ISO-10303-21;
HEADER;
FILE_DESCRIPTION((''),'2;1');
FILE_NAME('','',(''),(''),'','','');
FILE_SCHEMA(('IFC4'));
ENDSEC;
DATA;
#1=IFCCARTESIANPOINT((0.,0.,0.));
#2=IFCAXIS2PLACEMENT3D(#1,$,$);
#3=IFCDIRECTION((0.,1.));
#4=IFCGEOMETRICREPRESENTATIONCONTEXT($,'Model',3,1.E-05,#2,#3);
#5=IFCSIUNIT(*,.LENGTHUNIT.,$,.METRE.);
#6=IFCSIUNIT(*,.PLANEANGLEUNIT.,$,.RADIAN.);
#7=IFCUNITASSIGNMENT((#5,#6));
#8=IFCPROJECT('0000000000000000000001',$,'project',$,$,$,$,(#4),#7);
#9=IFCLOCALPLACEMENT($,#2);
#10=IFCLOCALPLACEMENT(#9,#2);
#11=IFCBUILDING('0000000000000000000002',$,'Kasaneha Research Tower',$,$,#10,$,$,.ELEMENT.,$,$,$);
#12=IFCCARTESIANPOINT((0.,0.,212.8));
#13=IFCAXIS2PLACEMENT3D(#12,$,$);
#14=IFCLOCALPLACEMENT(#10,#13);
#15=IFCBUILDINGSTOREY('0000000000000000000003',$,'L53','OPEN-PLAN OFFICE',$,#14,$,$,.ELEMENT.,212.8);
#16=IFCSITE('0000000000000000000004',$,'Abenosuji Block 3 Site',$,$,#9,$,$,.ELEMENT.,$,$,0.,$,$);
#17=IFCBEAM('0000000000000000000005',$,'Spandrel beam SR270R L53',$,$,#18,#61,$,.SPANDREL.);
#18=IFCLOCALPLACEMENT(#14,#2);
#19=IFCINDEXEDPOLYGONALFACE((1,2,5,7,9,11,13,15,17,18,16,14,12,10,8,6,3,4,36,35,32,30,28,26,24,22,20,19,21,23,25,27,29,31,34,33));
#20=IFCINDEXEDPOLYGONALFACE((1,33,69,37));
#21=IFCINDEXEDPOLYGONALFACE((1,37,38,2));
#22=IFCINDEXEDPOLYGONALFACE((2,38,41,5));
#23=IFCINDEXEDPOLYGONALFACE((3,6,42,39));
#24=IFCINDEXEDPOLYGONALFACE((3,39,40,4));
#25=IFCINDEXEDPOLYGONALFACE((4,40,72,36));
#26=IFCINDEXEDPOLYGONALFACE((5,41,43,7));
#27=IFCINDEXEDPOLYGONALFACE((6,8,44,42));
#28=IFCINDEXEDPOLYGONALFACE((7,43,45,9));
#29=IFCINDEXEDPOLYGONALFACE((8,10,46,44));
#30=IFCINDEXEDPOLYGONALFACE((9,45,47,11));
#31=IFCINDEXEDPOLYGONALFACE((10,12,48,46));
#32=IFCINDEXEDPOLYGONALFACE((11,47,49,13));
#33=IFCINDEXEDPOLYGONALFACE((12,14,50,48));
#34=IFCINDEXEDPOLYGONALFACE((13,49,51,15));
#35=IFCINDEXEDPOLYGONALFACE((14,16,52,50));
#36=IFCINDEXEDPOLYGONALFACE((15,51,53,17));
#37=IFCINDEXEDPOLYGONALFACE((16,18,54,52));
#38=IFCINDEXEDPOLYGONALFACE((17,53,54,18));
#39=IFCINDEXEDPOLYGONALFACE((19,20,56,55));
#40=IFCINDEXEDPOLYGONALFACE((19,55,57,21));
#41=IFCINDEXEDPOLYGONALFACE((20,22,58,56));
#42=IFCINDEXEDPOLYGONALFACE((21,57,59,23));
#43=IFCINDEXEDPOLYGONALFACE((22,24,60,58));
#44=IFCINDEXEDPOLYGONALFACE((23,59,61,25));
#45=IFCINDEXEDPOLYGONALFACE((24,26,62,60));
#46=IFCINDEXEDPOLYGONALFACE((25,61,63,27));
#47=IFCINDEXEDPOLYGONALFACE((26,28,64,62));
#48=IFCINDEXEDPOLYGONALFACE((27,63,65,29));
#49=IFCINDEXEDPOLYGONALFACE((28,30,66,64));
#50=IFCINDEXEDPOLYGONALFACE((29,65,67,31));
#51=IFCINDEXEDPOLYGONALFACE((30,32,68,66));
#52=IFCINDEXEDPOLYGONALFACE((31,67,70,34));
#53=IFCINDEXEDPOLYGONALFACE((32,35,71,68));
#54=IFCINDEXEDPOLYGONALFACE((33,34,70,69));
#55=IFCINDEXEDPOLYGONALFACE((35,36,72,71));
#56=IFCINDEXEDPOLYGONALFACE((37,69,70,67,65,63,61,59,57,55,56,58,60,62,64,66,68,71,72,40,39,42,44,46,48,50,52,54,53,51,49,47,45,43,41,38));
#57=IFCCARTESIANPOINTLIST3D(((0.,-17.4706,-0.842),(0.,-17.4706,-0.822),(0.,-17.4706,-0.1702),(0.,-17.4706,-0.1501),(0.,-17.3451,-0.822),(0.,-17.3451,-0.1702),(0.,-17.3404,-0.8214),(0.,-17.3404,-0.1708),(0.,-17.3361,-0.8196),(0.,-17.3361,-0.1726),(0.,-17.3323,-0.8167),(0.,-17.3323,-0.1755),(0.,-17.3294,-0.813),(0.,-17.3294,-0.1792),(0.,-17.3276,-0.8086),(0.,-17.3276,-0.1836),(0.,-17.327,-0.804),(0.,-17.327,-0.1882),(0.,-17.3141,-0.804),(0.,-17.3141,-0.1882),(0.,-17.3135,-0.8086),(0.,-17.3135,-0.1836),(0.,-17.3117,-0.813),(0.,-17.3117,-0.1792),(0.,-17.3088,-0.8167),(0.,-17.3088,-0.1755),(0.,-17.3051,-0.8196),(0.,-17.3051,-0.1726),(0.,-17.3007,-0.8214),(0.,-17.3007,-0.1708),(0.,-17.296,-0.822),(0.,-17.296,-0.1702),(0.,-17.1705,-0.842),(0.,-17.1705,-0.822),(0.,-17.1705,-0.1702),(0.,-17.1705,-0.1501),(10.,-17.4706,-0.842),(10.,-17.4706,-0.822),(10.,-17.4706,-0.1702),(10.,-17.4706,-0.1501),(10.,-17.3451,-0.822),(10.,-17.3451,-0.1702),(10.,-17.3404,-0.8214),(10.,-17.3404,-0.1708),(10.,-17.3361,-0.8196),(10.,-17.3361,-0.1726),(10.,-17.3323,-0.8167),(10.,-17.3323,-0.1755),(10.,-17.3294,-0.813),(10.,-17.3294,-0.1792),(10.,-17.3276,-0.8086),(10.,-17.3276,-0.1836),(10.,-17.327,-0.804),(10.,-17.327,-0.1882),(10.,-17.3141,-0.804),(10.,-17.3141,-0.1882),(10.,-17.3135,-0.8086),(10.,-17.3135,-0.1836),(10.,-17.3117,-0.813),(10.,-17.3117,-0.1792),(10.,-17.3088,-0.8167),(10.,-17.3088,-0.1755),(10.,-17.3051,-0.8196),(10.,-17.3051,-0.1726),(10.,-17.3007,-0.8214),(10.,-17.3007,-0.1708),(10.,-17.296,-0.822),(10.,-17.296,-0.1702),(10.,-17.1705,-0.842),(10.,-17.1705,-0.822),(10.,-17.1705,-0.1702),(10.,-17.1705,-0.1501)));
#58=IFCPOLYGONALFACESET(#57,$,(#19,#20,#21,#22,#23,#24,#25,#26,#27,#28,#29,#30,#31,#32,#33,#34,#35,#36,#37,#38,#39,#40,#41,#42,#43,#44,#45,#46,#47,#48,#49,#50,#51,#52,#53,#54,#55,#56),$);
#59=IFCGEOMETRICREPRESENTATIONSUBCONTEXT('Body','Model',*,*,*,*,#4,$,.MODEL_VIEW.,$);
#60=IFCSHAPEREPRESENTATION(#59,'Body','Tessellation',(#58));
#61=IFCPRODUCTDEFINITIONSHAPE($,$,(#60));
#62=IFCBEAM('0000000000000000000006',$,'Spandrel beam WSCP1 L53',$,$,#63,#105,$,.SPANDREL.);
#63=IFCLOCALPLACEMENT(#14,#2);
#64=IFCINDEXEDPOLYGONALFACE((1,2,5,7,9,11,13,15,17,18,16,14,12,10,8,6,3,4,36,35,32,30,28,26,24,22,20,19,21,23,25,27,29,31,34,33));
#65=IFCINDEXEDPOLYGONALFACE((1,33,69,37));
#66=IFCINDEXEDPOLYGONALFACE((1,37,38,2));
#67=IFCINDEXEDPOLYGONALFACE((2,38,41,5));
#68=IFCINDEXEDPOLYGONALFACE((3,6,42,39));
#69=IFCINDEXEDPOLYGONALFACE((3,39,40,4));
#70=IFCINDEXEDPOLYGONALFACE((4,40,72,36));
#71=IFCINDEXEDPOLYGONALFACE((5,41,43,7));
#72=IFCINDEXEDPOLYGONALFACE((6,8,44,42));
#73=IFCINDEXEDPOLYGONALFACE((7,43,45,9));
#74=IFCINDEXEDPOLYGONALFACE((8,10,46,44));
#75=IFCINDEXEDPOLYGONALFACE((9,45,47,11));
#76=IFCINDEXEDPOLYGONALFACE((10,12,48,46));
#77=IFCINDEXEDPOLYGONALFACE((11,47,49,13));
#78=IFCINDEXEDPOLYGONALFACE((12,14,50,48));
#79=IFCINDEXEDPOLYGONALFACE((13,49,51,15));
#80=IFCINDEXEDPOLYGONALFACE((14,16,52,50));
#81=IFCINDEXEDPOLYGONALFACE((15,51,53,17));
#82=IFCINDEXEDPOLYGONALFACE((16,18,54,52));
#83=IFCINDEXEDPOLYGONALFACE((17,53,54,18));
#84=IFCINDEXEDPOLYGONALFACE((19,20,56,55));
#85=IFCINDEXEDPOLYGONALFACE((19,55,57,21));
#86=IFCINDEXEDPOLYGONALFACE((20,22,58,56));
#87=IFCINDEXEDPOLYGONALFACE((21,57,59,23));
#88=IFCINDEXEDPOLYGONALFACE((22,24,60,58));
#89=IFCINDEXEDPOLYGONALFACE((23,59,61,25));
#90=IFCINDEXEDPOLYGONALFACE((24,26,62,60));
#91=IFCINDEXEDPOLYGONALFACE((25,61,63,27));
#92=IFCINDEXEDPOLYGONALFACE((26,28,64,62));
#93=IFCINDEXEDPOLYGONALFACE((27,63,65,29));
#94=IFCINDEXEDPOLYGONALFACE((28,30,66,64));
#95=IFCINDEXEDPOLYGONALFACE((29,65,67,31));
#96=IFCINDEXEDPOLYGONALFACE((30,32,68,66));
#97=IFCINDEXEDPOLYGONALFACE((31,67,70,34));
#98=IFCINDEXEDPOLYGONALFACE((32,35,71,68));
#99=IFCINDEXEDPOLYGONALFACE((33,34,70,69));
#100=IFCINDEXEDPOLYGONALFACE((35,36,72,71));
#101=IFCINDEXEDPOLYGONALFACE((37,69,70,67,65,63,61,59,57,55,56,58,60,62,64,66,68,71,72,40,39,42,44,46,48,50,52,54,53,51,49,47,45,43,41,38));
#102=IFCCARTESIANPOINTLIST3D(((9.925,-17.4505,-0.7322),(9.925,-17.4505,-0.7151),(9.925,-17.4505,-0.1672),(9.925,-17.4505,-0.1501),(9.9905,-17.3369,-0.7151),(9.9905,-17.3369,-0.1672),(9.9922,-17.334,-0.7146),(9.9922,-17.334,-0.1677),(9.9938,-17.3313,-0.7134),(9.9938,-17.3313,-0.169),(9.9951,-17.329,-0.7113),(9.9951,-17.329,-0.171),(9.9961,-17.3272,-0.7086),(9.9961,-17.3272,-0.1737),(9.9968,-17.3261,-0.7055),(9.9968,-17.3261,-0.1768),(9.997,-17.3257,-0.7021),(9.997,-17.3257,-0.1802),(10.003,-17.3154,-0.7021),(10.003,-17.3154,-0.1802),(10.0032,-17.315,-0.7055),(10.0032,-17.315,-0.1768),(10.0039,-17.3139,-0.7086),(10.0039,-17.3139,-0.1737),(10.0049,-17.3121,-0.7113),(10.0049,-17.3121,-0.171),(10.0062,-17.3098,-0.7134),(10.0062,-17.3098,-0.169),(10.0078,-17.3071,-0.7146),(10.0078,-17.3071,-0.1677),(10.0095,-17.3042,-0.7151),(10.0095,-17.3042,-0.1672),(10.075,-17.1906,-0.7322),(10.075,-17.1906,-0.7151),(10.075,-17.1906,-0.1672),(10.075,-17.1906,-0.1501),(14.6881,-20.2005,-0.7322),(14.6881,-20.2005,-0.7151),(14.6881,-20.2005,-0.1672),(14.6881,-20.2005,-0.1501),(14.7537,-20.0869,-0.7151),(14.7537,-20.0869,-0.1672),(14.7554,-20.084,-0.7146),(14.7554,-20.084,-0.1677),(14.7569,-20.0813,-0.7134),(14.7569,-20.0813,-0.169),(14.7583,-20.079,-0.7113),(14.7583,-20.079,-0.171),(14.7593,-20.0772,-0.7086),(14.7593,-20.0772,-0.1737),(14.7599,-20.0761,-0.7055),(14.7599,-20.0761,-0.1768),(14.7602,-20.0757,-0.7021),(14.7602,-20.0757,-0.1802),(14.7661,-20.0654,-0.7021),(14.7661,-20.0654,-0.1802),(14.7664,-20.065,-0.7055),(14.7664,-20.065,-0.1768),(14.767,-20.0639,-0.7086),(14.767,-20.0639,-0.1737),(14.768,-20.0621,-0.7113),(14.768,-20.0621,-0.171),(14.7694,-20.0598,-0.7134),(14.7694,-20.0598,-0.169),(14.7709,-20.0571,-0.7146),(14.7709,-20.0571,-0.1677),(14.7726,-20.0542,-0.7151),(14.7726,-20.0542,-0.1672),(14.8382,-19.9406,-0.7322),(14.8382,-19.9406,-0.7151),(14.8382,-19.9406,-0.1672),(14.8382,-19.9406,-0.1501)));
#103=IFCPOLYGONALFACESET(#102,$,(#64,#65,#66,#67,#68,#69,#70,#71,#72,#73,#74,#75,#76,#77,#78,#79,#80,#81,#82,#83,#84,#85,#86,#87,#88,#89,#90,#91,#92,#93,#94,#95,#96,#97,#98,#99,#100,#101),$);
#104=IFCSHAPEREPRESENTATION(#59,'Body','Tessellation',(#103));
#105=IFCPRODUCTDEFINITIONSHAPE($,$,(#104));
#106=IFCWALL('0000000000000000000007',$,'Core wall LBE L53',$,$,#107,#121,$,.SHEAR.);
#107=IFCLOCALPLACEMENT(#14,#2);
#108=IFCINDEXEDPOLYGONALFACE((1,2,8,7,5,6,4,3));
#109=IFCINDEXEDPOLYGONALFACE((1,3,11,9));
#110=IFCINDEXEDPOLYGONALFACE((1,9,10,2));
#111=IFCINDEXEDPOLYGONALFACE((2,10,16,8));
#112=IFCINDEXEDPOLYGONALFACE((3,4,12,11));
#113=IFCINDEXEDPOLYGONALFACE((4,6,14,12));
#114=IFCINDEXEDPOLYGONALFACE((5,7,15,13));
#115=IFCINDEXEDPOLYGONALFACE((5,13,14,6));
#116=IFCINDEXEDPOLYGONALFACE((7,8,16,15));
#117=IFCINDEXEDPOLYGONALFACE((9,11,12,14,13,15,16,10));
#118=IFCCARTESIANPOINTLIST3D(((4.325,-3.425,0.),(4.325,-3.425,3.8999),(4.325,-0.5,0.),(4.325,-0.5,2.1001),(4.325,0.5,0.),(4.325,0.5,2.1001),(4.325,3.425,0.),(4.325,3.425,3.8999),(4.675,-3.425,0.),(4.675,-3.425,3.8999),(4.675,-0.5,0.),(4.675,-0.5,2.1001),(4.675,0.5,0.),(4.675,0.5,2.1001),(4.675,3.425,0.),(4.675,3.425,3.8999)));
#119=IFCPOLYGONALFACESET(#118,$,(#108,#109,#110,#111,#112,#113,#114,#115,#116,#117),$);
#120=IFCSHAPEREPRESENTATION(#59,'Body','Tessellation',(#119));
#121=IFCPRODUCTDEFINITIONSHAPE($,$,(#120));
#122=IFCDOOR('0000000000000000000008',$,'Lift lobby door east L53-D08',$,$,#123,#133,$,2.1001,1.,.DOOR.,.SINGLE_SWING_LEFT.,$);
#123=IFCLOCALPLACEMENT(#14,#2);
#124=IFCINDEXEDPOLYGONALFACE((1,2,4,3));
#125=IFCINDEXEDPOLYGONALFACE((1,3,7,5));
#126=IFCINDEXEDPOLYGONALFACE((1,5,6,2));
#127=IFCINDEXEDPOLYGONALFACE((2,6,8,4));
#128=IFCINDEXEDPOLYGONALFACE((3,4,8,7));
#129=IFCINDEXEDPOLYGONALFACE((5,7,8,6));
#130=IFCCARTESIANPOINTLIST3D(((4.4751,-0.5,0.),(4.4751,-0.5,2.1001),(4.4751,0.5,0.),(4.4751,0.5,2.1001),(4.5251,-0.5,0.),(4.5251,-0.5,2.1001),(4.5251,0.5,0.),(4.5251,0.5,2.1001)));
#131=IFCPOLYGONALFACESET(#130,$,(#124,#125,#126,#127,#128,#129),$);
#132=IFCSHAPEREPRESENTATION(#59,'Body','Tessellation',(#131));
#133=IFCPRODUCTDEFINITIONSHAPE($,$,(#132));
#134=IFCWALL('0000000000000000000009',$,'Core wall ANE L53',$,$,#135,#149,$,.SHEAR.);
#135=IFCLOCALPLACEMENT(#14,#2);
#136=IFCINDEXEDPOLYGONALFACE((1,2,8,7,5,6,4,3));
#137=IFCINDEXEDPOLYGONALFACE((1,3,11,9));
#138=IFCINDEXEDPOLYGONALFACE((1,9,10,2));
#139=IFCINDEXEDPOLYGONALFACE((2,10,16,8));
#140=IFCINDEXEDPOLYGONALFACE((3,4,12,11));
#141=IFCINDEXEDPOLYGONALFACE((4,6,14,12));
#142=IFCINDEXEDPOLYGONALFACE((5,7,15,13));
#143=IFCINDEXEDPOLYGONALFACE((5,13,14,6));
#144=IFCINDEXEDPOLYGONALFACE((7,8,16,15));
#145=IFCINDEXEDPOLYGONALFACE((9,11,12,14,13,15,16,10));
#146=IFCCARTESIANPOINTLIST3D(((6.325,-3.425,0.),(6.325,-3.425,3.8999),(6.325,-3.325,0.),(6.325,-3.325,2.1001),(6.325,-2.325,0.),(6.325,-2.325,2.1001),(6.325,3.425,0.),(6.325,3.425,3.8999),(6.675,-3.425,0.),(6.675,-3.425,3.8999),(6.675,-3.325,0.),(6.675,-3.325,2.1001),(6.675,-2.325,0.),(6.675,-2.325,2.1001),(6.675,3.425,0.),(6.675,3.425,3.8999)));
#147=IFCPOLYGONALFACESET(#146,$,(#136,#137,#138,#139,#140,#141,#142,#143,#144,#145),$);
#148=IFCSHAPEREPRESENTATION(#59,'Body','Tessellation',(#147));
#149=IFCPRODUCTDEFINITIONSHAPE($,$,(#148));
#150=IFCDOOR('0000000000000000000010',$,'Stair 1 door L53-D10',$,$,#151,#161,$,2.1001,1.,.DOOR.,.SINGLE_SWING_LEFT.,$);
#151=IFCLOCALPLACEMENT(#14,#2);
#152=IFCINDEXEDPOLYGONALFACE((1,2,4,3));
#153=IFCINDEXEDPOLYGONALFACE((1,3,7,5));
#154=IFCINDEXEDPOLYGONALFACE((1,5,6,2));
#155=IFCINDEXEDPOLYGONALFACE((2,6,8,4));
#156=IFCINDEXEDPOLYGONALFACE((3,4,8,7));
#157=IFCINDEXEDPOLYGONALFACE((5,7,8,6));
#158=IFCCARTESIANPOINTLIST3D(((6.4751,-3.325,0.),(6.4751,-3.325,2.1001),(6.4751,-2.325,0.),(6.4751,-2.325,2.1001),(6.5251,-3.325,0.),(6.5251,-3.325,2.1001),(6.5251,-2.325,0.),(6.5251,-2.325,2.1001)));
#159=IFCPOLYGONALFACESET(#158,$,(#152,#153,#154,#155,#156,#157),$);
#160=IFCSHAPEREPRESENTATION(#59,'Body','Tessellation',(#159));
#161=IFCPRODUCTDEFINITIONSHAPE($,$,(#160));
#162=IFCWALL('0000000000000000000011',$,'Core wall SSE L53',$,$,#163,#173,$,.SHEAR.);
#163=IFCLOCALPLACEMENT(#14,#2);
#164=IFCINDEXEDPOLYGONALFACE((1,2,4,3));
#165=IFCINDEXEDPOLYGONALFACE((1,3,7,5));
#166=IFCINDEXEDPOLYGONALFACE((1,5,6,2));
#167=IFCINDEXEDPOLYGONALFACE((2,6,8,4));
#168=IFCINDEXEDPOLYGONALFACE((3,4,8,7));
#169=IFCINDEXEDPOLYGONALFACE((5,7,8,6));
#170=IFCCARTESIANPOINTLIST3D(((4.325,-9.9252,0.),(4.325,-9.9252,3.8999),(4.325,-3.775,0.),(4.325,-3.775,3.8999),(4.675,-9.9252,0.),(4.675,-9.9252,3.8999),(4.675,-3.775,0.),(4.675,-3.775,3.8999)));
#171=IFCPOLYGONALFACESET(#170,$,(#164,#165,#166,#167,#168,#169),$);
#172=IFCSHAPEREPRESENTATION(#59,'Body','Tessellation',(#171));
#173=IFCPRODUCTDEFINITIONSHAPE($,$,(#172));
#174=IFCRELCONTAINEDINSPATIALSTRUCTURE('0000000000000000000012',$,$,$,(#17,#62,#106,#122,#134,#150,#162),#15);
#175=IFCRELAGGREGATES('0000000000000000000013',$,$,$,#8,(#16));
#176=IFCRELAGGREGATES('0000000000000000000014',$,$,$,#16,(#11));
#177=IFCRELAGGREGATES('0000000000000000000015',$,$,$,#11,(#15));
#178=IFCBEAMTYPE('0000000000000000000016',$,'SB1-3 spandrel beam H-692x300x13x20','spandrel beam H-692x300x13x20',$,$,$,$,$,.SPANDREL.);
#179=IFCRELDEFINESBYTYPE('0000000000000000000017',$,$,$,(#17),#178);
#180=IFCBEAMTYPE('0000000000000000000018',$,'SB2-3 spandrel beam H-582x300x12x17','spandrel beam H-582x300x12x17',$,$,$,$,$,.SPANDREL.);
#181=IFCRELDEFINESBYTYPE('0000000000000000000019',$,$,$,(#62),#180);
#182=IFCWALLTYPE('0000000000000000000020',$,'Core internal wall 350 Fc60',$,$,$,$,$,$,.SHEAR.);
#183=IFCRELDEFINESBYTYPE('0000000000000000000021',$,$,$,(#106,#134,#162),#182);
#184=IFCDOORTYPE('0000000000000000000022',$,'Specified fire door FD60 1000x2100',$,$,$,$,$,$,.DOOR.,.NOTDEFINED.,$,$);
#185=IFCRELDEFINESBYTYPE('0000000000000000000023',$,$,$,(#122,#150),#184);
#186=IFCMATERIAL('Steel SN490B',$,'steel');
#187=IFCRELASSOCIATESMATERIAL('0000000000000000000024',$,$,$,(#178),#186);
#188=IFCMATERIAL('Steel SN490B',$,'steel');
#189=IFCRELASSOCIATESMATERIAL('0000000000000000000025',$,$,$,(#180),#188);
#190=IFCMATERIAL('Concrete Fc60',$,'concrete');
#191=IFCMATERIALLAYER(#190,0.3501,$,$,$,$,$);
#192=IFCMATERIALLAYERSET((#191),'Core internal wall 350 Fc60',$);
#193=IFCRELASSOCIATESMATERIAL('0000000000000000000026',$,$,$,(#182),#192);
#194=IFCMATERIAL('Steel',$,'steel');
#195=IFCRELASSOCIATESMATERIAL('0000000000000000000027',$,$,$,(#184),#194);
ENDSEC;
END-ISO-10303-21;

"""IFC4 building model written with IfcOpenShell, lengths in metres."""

from ifc_helpers import new_model, si_unit, direction, frame, frame_2d, origin, origin_2d, place, context, subcontext, project, spatial, rectangle, i_section, extrude, material, layer, layer_set, material_profile, profile_set, type_object, element, fill, save


model = new_model("IFC4")

# Units and contexts
model_context = context("Model", 3, precision=1e-05, world=origin(), true_north=direction((0.0, 1.0)))
body_context = subcontext(model_context, "Body", "Model", "MODEL_VIEW")
ifc_project = project(units=[si_unit("LENGTHUNIT", "METRE"), si_unit("PLANEANGLEUNIT", "RADIAN")], contexts=[model_context])

# Site, building, storey
site_placement = place(None, origin())
site = spatial("IfcSite", under=ifc_project, at=site_placement, Name="Abenosuji Block 3 Site", CompositionType="ELEMENT", RefElevation=0.0)
building_placement = place(site_placement, origin())
building = spatial("IfcBuilding", under=site, at=building_placement, Name="Kasaneha Research Tower", CompositionType="ELEMENT")
storey_placement = place(building_placement, frame((0.0, 0.0, 212.8)))
storey = spatial("IfcBuildingStorey", under=building, at=storey_placement, Name="L53", Description="OPEN-PLAN OFFICE", CompositionType="ELEMENT", Elevation=212.8)

# Beams
ifc_material_1 = material(Name="Steel SN490B", Category="steel")
ifc_material_profile_1 = material_profile(ifc_material_1, i_section(OverallWidth=0.3, OverallDepth=0.6919, WebThickness=0.0129, FlangeThickness=0.02, FilletRadius=0.0181, at=origin_2d()), Name="H-692x300x13x20")
ifc_profile_set_1 = profile_set([ifc_material_profile_1], Name="Steel SN490B")
beam_type_1 = type_object("IfcBeamType", Name="SB1-3 spandrel beam H-692x300x13x20", Description="spandrel beam H-692x300x13x20", PredefinedType="SPANDREL", material=ifc_profile_set_1)
beam_1_placement = place(storey_placement, frame((10.0, -17.3206, -0.4961), z_axis=(-1.0, 0.0, 0.0), x_axis=(0.0, -1.0, 0.0)))
element("IfcBeam", 1, at=beam_1_placement, inside=storey, type_object=beam_type_1, Name="Spandrel beam SR270R L53", PredefinedType="SPANDREL", context=body_context, shape_type="SweptSolid", body=[
    extrude(i_section(OverallWidth=0.3, OverallDepth=0.6919, WebThickness=0.0129, FlangeThickness=0.02, FilletRadius=0.0181, at=origin_2d()), origin(), (0.0, 0.0, 1.0), 10.0),
])
ifc_material_2 = material(Name="Steel SN490B", Category="steel")
ifc_material_profile_2 = material_profile(ifc_material_2, i_section(OverallWidth=0.3, OverallDepth=0.582, WebThickness=0.012, FlangeThickness=0.0171, FilletRadius=0.0129, at=origin_2d()), Name="H-582x300x12x17")
ifc_profile_set_2 = profile_set([ifc_material_profile_2], Name="Steel SN490B")
beam_type_2 = type_object("IfcBeamType", Name="SB2-3 spandrel beam H-582x300x12x17", Description="spandrel beam H-582x300x12x17", PredefinedType="SPANDREL", material=ifc_profile_set_2)
beam_2_placement = place(storey_placement, frame((10.0, -17.3206, -0.4412), z_axis=(0.866027, -0.499997, 0.0), x_axis=(0.499997, 0.866027, 0.0)))
element("IfcBeam", 2, at=beam_2_placement, inside=storey, type_object=beam_type_2, Name="Spandrel beam WSCP1 L53", PredefinedType="SPANDREL", context=body_context, shape_type="SweptSolid", body=[
    extrude(i_section(OverallWidth=0.3, OverallDepth=0.582, WebThickness=0.012, FlangeThickness=0.0171, FilletRadius=0.0129, at=origin_2d()), origin(), (0.0, 0.0, 1.0), 5.5),
])

# Walls, openings, doors
ifc_material_3 = material(Name="Concrete Fc60", Category="concrete")
ifc_layer_1 = layer(ifc_material_3, 0.3501)
ifc_layer_set_1 = layer_set([ifc_layer_1], Name="Core internal wall 350 Fc60")
wall_type_1 = type_object("IfcWallType", Name="Core internal wall 350 Fc60", PredefinedType="SHEAR", material=ifc_layer_set_1)
wall_1_placement = place(storey_placement, frame((4.5, -3.425, 0.0), z_axis=(0.0, 0.0, 1.0), x_axis=(0.0, 1.0, 0.0)))
wall_1 = element("IfcWall", 3, at=wall_1_placement, inside=storey, type_object=wall_type_1, Name="Core wall LBE L53", PredefinedType="SHEAR", context=body_context, shape_type="SweptSolid", body=[
    extrude(rectangle(XDim=6.8501, YDim=0.3501, at=frame_2d((3.425, 0.0))), origin(), (0.0, 0.0, 1.0), 3.8999),
])
opening_1_placement = place(wall_1_placement, frame((2.925, 0.0, 0.0)))
opening_1 = element("IfcOpeningElement", 4, at=opening_1_placement, cuts=wall_1, PredefinedType="OPENING", context=body_context, shape_type="SweptSolid", body=[
    extrude(rectangle(XDim=1.0, YDim=2.1001, at=frame_2d((0.5, 1.05))), frame((0.0, 0.1851, 0.0), z_axis=(0.0, -1.0, 0.0), x_axis=(1.0, 0.0, 0.0)), (0.0, 0.0, 1.0), 0.3701),
])
ifc_material_4 = material(Name="Steel", Category="steel")
door_type_1 = type_object("IfcDoorType", Name="Specified fire door FD60 1000x2100", OperationType="NOTDEFINED", PredefinedType="DOOR", material=ifc_material_4)
door_1_placement = place(opening_1_placement, origin())
door_1 = element("IfcDoor", 5, at=door_1_placement, inside=storey, type_object=door_type_1, Name="Lift lobby door east L53-D08", OperationType="SINGLE_SWING_LEFT", OverallHeight=2.1001, OverallWidth=1.0, PredefinedType="DOOR", context=body_context, shape_type="SweptSolid", body=[
    extrude(rectangle(XDim=1.0, YDim=2.1001, at=frame_2d((0.5, 1.05))), frame((0.0, 0.0249, 0.0), z_axis=(0.0, -1.0, 0.0), x_axis=(1.0, 0.0, 0.0)), (0.0, 0.0, 1.0), 0.05),
])
fill(opening_1, door_1)
wall_2_placement = place(storey_placement, frame((6.5, -3.425, 0.0), z_axis=(0.0, 0.0, 1.0), x_axis=(0.0, 1.0, 0.0)))
wall_2 = element("IfcWall", 6, at=wall_2_placement, inside=storey, type_object=wall_type_1, Name="Core wall ANE L53", PredefinedType="SHEAR", context=body_context, shape_type="SweptSolid", body=[
    extrude(rectangle(XDim=6.8501, YDim=0.3501, at=frame_2d((3.425, 0.0))), origin(), (0.0, 0.0, 1.0), 3.8999),
])
opening_2_placement = place(wall_2_placement, frame((0.1001, 0.0, 0.0)))
opening_2 = element("IfcOpeningElement", 7, at=opening_2_placement, cuts=wall_2, PredefinedType="OPENING", context=body_context, shape_type="SweptSolid", body=[
    extrude(rectangle(XDim=1.0, YDim=2.1001, at=frame_2d((0.5, 1.05))), frame((0.0, 0.1851, 0.0), z_axis=(0.0, -1.0, 0.0), x_axis=(1.0, 0.0, 0.0)), (0.0, 0.0, 1.0), 0.3701),
])
door_2_placement = place(opening_2_placement, origin())
door_2 = element("IfcDoor", 8, at=door_2_placement, inside=storey, type_object=door_type_1, Name="Stair 1 door L53-D10", OperationType="SINGLE_SWING_LEFT", OverallHeight=2.1001, OverallWidth=1.0, PredefinedType="DOOR", context=body_context, shape_type="SweptSolid", body=[
    extrude(rectangle(XDim=1.0, YDim=2.1001, at=frame_2d((0.5, 1.05))), frame((0.0, 0.0249, 0.0), z_axis=(0.0, -1.0, 0.0), x_axis=(1.0, 0.0, 0.0)), (0.0, 0.0, 1.0), 0.05),
])
fill(opening_2, door_2)

# Wall
wall_3_placement = place(storey_placement, frame((4.5, -3.7749, 0.0), z_axis=(0.0, 0.0, 1.0), x_axis=(0.0, -1.0, 0.0)))
element("IfcWall", 9, at=wall_3_placement, inside=storey, type_object=wall_type_1, Name="Core wall SSE L53", PredefinedType="SHEAR", context=body_context, shape_type="SweptSolid", body=[
    extrude(rectangle(XDim=6.1501, YDim=0.3501, at=frame_2d((3.0752, 0.0))), origin(), (0.0, 0.0, 1.0), 3.8999),
])

save(model, "model.ifc")
